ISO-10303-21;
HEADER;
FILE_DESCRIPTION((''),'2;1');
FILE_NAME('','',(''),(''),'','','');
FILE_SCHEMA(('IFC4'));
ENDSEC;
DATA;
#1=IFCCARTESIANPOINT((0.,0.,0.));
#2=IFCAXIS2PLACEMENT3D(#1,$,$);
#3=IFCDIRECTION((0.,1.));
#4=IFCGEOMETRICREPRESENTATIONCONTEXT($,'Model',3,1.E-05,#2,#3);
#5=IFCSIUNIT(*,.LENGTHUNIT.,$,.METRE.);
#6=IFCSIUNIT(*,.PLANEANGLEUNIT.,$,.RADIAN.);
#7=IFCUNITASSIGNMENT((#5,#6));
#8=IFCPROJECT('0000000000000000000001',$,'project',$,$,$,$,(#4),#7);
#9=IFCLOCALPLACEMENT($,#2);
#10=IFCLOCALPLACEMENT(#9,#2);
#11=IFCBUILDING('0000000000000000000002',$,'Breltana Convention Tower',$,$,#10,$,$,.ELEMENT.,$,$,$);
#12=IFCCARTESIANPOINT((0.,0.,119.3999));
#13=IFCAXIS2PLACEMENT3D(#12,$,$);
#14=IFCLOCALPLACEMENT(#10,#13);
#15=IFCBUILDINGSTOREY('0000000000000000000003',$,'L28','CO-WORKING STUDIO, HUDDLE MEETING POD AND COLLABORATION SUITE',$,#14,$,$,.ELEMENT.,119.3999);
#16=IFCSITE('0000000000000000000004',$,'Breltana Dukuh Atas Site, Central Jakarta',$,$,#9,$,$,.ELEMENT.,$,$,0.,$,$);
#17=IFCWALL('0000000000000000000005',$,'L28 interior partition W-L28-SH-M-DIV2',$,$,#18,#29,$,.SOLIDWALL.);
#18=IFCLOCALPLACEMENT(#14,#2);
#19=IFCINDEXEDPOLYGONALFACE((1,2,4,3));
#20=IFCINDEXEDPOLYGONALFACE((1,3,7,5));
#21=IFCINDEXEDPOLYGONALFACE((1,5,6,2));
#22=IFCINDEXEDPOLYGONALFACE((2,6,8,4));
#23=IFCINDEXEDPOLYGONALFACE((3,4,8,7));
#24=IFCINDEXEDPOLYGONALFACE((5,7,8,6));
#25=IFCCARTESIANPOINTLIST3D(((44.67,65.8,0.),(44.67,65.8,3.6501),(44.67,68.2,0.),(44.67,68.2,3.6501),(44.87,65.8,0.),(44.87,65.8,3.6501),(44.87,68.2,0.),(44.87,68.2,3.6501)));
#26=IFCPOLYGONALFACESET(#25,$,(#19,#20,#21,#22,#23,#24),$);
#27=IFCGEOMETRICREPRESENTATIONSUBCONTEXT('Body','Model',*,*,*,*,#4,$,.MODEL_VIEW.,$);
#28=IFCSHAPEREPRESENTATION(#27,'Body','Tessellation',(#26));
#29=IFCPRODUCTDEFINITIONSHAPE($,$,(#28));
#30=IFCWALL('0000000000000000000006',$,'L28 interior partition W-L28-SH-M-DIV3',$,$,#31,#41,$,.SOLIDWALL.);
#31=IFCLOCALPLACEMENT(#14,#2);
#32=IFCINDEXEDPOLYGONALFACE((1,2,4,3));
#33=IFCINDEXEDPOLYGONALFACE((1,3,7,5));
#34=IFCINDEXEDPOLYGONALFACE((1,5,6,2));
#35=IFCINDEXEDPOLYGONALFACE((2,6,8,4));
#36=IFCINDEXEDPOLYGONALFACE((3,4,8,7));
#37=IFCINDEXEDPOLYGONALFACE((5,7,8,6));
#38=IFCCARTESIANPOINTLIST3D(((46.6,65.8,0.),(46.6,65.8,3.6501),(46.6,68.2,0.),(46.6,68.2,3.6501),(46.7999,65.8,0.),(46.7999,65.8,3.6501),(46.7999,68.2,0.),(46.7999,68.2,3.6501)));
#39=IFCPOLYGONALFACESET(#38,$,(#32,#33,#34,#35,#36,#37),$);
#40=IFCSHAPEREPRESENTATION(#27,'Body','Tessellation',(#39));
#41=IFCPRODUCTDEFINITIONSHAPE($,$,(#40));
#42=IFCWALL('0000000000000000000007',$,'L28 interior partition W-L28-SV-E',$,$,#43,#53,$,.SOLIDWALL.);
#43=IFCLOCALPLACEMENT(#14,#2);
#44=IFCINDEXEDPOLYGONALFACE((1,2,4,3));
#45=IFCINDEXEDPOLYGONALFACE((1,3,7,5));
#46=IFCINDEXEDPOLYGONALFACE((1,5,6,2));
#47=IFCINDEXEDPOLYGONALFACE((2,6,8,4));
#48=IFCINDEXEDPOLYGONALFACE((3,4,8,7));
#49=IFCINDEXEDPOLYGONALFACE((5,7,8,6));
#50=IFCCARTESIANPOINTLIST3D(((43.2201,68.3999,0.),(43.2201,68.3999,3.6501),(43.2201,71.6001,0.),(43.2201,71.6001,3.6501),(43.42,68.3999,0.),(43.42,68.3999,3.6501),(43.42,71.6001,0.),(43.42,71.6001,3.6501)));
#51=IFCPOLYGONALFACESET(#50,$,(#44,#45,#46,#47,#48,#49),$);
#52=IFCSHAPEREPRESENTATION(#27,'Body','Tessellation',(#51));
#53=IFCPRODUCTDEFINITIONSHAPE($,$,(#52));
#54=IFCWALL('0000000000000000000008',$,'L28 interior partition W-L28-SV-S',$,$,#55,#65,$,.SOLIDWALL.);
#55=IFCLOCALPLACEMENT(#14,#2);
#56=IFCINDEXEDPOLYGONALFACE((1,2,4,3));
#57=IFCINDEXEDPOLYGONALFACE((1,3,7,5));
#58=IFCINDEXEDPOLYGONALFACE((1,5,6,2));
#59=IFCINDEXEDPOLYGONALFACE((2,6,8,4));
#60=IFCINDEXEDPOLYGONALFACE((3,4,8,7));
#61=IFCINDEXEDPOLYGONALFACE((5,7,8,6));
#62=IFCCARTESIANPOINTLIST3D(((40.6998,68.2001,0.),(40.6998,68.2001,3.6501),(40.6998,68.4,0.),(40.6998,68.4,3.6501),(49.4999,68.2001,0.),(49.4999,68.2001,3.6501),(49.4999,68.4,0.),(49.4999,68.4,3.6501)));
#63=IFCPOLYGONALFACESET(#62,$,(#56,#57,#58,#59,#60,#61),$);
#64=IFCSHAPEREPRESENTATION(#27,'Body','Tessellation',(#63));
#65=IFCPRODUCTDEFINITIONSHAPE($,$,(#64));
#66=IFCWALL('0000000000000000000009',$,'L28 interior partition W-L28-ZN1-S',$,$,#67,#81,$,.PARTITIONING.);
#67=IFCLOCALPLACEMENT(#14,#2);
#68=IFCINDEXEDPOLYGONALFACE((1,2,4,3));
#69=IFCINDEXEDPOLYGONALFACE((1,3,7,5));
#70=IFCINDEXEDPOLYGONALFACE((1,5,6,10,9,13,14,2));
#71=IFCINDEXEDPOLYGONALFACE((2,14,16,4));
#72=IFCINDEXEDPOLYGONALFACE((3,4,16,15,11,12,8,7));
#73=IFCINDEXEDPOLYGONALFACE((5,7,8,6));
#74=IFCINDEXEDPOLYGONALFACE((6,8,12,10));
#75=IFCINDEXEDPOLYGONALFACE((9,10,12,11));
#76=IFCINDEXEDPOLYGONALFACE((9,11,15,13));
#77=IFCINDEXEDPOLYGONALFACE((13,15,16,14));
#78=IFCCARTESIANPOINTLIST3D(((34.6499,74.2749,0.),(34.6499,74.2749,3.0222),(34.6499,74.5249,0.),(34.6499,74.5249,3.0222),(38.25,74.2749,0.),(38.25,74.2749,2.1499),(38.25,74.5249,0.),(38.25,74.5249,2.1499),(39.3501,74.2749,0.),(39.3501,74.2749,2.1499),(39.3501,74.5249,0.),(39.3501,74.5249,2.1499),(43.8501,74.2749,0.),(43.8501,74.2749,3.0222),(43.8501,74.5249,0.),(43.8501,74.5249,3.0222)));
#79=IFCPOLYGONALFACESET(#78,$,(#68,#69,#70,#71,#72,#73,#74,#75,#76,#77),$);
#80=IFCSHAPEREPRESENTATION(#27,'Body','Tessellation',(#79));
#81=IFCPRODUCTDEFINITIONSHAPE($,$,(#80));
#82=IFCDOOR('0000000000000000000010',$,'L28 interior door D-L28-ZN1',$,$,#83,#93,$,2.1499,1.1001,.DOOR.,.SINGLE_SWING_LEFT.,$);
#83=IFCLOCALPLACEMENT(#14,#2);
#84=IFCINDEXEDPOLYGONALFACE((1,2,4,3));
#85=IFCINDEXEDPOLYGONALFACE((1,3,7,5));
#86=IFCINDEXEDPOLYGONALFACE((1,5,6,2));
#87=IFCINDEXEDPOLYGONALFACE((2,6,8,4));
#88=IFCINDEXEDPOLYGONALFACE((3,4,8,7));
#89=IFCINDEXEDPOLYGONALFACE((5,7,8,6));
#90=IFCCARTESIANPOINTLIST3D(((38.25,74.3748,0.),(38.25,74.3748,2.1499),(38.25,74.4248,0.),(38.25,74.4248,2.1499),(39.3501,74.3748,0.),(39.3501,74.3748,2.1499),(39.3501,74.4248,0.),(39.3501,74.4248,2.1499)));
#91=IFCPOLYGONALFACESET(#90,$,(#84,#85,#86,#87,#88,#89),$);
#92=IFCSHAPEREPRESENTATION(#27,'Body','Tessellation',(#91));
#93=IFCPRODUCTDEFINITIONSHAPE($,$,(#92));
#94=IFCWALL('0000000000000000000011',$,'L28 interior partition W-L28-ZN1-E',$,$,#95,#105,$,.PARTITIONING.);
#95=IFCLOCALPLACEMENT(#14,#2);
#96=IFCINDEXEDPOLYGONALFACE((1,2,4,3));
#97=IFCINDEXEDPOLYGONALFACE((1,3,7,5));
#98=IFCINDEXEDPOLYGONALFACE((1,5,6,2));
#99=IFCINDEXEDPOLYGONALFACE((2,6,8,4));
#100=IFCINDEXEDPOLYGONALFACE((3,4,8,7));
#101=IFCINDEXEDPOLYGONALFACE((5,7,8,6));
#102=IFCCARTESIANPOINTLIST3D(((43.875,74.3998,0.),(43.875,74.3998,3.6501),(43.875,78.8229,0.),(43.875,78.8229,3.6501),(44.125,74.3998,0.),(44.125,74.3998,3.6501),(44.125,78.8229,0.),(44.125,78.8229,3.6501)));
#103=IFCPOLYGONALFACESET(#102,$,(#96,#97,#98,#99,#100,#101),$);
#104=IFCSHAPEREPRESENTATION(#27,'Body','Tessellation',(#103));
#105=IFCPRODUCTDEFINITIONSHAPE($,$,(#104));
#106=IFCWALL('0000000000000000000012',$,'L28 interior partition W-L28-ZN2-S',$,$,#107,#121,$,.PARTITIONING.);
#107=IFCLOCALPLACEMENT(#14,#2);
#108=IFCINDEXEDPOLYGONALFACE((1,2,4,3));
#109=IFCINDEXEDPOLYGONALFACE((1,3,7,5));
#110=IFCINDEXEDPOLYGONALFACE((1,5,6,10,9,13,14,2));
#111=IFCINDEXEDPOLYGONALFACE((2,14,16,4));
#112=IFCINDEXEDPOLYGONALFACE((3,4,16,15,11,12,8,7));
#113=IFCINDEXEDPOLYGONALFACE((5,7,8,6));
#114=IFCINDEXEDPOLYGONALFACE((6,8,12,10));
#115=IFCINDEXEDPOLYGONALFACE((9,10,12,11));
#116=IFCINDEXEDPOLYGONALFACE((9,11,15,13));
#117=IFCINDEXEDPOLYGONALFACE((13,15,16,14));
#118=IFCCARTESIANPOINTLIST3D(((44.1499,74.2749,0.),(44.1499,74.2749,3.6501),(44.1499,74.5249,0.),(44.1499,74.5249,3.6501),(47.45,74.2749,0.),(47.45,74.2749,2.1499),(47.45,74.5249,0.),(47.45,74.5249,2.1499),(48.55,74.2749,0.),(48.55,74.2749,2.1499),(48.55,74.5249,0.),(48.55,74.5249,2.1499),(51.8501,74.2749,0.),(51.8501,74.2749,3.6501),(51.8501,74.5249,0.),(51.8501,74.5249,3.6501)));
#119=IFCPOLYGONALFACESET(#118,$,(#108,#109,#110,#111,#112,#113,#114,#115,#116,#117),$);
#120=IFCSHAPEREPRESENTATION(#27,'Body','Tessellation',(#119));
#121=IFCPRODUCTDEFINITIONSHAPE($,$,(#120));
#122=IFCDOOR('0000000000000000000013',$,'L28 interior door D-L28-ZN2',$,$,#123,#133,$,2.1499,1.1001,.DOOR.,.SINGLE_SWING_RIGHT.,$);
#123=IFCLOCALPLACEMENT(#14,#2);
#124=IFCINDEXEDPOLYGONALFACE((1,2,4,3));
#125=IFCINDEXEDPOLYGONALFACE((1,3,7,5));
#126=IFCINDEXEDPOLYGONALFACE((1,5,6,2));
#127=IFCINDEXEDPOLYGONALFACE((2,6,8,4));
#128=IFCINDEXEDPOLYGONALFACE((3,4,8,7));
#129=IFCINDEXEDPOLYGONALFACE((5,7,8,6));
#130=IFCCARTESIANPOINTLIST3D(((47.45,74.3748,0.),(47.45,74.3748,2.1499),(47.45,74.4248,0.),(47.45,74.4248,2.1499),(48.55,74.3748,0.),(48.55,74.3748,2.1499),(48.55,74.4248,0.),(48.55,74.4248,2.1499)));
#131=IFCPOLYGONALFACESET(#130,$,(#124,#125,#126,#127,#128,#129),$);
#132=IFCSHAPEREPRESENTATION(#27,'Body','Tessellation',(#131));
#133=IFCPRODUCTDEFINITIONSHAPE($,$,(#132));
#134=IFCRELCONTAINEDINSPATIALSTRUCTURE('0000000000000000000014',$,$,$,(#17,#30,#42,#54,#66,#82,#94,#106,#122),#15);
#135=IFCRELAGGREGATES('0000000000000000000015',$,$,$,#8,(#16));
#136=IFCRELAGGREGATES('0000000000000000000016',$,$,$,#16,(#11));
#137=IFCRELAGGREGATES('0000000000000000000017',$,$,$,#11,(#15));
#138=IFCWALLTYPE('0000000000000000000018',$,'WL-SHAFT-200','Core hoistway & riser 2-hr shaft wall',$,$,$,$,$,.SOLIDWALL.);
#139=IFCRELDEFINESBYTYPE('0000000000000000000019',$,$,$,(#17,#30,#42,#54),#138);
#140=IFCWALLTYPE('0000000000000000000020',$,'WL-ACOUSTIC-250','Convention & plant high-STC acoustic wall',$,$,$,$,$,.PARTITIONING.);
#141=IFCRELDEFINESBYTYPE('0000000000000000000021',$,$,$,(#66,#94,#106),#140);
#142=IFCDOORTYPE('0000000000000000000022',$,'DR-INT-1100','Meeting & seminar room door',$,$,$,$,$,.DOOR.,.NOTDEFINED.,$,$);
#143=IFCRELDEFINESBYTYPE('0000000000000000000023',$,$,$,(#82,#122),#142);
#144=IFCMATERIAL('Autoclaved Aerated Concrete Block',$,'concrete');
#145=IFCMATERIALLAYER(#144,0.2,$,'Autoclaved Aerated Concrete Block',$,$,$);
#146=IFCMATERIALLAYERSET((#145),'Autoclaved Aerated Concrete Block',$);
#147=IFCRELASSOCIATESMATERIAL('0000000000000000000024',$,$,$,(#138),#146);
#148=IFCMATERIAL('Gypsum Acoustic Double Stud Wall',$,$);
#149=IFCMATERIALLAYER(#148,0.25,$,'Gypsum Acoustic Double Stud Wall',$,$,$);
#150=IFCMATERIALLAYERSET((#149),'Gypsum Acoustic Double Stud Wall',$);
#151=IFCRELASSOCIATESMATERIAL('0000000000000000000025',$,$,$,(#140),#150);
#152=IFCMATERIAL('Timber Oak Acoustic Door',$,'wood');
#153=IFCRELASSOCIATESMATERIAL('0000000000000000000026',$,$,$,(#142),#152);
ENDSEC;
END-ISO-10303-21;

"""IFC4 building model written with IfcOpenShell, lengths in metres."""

from ifc_helpers import new_model, si_unit, direction, frame, frame_2d, origin, place, context, subcontext, project, spatial, rectangle, extrude, source, transform, mapped, material, layer, layer_set, type_object, type_shapes, element, fill, save


model = new_model("IFC4")

# Units and contexts
model_context = context("Model", 3, precision=1e-05, world=origin(), true_north=direction((0.0, 1.0)))
body_context = subcontext(model_context, "Body", "Model", "MODEL_VIEW")
ifc_project = project(units=[si_unit("LENGTHUNIT", "METRE"), si_unit("PLANEANGLEUNIT", "RADIAN")], contexts=[model_context])

# Site, building, storey
site_placement = place(None, origin())
site = spatial("IfcSite", under=ifc_project, at=site_placement, Name="Breltana Dukuh Atas Site, Central Jakarta", CompositionType="ELEMENT", RefElevation=0.0)
building_placement = place(site_placement, origin())
building = spatial("IfcBuilding", under=site, at=building_placement, Name="Breltana Convention Tower", CompositionType="ELEMENT")
storey_placement = place(building_placement, frame((0.0, 0.0, 119.3999)))
storey = spatial("IfcBuildingStorey", under=building, at=storey_placement, Name="L28", Description="CO-WORKING STUDIO, HUDDLE MEETING POD AND COLLABORATION SUITE", CompositionType="ELEMENT", Elevation=119.3999)

# Walls
ifc_material_1 = material(Name="Autoclaved Aerated Concrete Block", Category="concrete")
ifc_layer_1 = layer(ifc_material_1, 0.2, Name="Autoclaved Aerated Concrete Block")
ifc_layer_set_1 = layer_set([ifc_layer_1], Name="Autoclaved Aerated Concrete Block")
wall_type_1 = type_object("IfcWallType", Name="WL-SHAFT-200", Description="Core hoistway & riser 2-hr shaft wall", PredefinedType="SOLIDWALL", material=ifc_layer_set_1)
shared_shape_1 = source(origin(), body_context, "Body", "SweptSolid", [
    extrude(rectangle(XDim=2.3999, YDim=0.2, at=frame_2d((1.2, 0.0))), origin(), (0.0, 0.0, 1.0), 3.6501),
])
for number, where, z_axis, x_axis, name in (
    (1, (44.77, 65.8, 0.0), (0.0, 0.0, 1.0), (0.0, 1.0, 0.0), "L28 interior partition W-L28-SH-M-DIV2"),
    (2, (46.7, 65.8, 0.0), (0.0, 0.0, 1.0), (0.0, 1.0, 0.0), "L28 interior partition W-L28-SH-M-DIV3"),
):
    element("IfcWall", number, at=place(storey_placement, frame(where, z_axis=z_axis, x_axis=x_axis)), inside=storey, type_object=wall_type_1, Name=name, PredefinedType="SOLIDWALL", context=body_context, shape_type="MappedRepresentation", body=[
        mapped(shared_shape_1, transform((0.0, 0.0, 0.0), scale=1.0)),
    ])
shared_shape_2 = source(origin(), body_context, "Body", "SweptSolid", [
    extrude(rectangle(XDim=3.2002, YDim=0.2, at=frame_2d((1.6001, 0.0))), origin(), (0.0, 0.0, 1.0), 3.6501),
])
wall_1_placement = place(storey_placement, frame((43.3201, 68.3999, 0.0), z_axis=(0.0, 0.0, 1.0), x_axis=(0.0, 1.0, 0.0)))
element("IfcWall", 3, at=wall_1_placement, inside=storey, type_object=wall_type_1, Name="L28 interior partition W-L28-SV-E", PredefinedType="SOLIDWALL", context=body_context, shape_type="MappedRepresentation", body=[
    mapped(shared_shape_2, transform((0.0, 0.0, 0.0), scale=1.0)),
])
shared_shape_3 = source(origin(), body_context, "Body", "SweptSolid", [
    extrude(rectangle(XDim=8.8, YDim=0.2, at=frame_2d((4.3999, 0.0))), origin(), (0.0, 0.0, 1.0), 3.6501),
])
wall_2_placement = place(storey_placement, frame((40.7, 68.3, 0.0), z_axis=(0.0, 0.0, 1.0), x_axis=(1.0, 0.0, 0.0)))
element("IfcWall", 4, at=wall_2_placement, inside=storey, type_object=wall_type_1, Name="L28 interior partition W-L28-SV-S", PredefinedType="SOLIDWALL", context=body_context, shape_type="MappedRepresentation", body=[
    mapped(shared_shape_3, transform((0.0, 0.0, 0.0), scale=1.0)),
])

# Wall, opening, door
ifc_material_2 = material(Name="Gypsum Acoustic Double Stud Wall")
ifc_layer_2 = layer(ifc_material_2, 0.25, Name="Gypsum Acoustic Double Stud Wall")
ifc_layer_set_2 = layer_set([ifc_layer_2], Name="Gypsum Acoustic Double Stud Wall")
wall_type_2 = type_object("IfcWallType", Name="WL-ACOUSTIC-250", Description="Convention & plant high-STC acoustic wall", PredefinedType="PARTITIONING", material=ifc_layer_set_2)
shared_shape_4 = source(origin(), body_context, "Body", "SweptSolid", [
    extrude(rectangle(XDim=9.2002, YDim=0.25, at=frame_2d((4.6001, 0.0))), origin(), (0.0, 0.0, 1.0), 3.0222),
])
wall_3_placement = place(storey_placement, frame((34.6499, 74.3999, 0.0), z_axis=(0.0, 0.0, 1.0), x_axis=(1.0, 0.0, 0.0)))
wall_3 = element("IfcWall", 5, at=wall_3_placement, inside=storey, type_object=wall_type_2, Name="L28 interior partition W-L28-ZN1-S", PredefinedType="PARTITIONING", context=body_context, shape_type="MappedRepresentation", body=[
    mapped(shared_shape_4, transform((0.0, 0.0, 0.0), scale=1.0)),
])
opening_1_placement = place(wall_3_placement, frame((3.6001, 0.0, 0.0)))
opening_1 = element("IfcOpeningElement", 6, at=opening_1_placement, cuts=wall_3, PredefinedType="OPENING", context=body_context, shape_type="SweptSolid", body=[
    extrude(rectangle(XDim=1.1001, YDim=2.1499, at=frame_2d((0.55, 1.075))), frame((0.0, 0.135, 0.0), z_axis=(0.0, -1.0, 0.0), x_axis=(1.0, 0.0, 0.0)), (0.0, 0.0, 1.0), 0.27),
])
ifc_material_3 = material(Name="Timber Oak Acoustic Door", Category="wood")
door_type_1 = type_object("IfcDoorType", Name="DR-INT-1100", Description="Meeting & seminar room door", OperationType="NOTDEFINED", PredefinedType="DOOR", material=ifc_material_3)
shared_shape_5 = source(origin(), body_context, "Body", "SweptSolid", [
    extrude(rectangle(XDim=1.1001, YDim=2.1499, at=frame_2d((0.55, 1.075))), frame((0.0, 0.0249, 0.0), z_axis=(0.0, -1.0, 0.0), x_axis=(1.0, 0.0, 0.0)), (0.0, 0.0, 1.0), 0.05),
])
type_shapes(door_type_1, [shared_shape_5])
door_1_placement = place(opening_1_placement, origin())
door_1 = element("IfcDoor", 7, at=door_1_placement, inside=storey, type_object=door_type_1, Name="L28 interior door D-L28-ZN1", OperationType="SINGLE_SWING_LEFT", OverallHeight=2.1499, OverallWidth=1.1001, PredefinedType="DOOR", context=body_context, shape_type="MappedRepresentation", body=[
    mapped(shared_shape_5, transform((0.0, 0.0, 0.0), scale=1.0)),
])
fill(opening_1, door_1)

# Wall
shared_shape_6 = source(origin(), body_context, "Body", "SweptSolid", [
    extrude(rectangle(XDim=4.4231, YDim=0.25, at=frame_2d((2.2114, 0.0))), origin(), (0.0, 0.0, 1.0), 3.6501),
])
wall_4_placement = place(storey_placement, frame((44.0, 74.3999, 0.0), z_axis=(0.0, 0.0, 1.0), x_axis=(0.0, 1.0, 0.0)))
element("IfcWall", 8, at=wall_4_placement, inside=storey, type_object=wall_type_2, Name="L28 interior partition W-L28-ZN1-E", PredefinedType="PARTITIONING", context=body_context, shape_type="MappedRepresentation", body=[
    mapped(shared_shape_6, transform((0.0, 0.0, 0.0), scale=1.0)),
])

# Wall, opening, door
shared_shape_7 = source(origin(), body_context, "Body", "SweptSolid", [
    extrude(rectangle(XDim=7.7002, YDim=0.25, at=frame_2d((3.8501, 0.0))), origin(), (0.0, 0.0, 1.0), 3.6501),
])
wall_5_placement = place(storey_placement, frame((44.1499, 74.3999, 0.0), z_axis=(0.0, 0.0, 1.0), x_axis=(1.0, 0.0, 0.0)))
wall_5 = element("IfcWall", 9, at=wall_5_placement, inside=storey, type_object=wall_type_2, Name="L28 interior partition W-L28-ZN2-S", PredefinedType="PARTITIONING", context=body_context, shape_type="MappedRepresentation", body=[
    mapped(shared_shape_7, transform((0.0, 0.0, 0.0), scale=1.0)),
])
opening_2_placement = place(wall_5_placement, frame((3.3, 0.0, 0.0)))
opening_2 = element("IfcOpeningElement", 10, at=opening_2_placement, cuts=wall_5, PredefinedType="OPENING", context=body_context, shape_type="SweptSolid", body=[
    extrude(rectangle(XDim=1.1001, YDim=2.1499, at=frame_2d((0.55, 1.075))), frame((0.0, 0.135, 0.0), z_axis=(0.0, -1.0, 0.0), x_axis=(1.0, 0.0, 0.0)), (0.0, 0.0, 1.0), 0.27),
])
door_2_placement = place(opening_2_placement, origin())
door_2 = element("IfcDoor", 11, at=door_2_placement, inside=storey, type_object=door_type_1, Name="L28 interior door D-L28-ZN2", OperationType="SINGLE_SWING_RIGHT", OverallHeight=2.1499, OverallWidth=1.1001, PredefinedType="DOOR", context=body_context, shape_type="MappedRepresentation", body=[
    mapped(shared_shape_5, transform((0.0, 0.0, 0.0), scale=1.0)),
])
fill(opening_2, door_2)

save(model, "model.ifc")
